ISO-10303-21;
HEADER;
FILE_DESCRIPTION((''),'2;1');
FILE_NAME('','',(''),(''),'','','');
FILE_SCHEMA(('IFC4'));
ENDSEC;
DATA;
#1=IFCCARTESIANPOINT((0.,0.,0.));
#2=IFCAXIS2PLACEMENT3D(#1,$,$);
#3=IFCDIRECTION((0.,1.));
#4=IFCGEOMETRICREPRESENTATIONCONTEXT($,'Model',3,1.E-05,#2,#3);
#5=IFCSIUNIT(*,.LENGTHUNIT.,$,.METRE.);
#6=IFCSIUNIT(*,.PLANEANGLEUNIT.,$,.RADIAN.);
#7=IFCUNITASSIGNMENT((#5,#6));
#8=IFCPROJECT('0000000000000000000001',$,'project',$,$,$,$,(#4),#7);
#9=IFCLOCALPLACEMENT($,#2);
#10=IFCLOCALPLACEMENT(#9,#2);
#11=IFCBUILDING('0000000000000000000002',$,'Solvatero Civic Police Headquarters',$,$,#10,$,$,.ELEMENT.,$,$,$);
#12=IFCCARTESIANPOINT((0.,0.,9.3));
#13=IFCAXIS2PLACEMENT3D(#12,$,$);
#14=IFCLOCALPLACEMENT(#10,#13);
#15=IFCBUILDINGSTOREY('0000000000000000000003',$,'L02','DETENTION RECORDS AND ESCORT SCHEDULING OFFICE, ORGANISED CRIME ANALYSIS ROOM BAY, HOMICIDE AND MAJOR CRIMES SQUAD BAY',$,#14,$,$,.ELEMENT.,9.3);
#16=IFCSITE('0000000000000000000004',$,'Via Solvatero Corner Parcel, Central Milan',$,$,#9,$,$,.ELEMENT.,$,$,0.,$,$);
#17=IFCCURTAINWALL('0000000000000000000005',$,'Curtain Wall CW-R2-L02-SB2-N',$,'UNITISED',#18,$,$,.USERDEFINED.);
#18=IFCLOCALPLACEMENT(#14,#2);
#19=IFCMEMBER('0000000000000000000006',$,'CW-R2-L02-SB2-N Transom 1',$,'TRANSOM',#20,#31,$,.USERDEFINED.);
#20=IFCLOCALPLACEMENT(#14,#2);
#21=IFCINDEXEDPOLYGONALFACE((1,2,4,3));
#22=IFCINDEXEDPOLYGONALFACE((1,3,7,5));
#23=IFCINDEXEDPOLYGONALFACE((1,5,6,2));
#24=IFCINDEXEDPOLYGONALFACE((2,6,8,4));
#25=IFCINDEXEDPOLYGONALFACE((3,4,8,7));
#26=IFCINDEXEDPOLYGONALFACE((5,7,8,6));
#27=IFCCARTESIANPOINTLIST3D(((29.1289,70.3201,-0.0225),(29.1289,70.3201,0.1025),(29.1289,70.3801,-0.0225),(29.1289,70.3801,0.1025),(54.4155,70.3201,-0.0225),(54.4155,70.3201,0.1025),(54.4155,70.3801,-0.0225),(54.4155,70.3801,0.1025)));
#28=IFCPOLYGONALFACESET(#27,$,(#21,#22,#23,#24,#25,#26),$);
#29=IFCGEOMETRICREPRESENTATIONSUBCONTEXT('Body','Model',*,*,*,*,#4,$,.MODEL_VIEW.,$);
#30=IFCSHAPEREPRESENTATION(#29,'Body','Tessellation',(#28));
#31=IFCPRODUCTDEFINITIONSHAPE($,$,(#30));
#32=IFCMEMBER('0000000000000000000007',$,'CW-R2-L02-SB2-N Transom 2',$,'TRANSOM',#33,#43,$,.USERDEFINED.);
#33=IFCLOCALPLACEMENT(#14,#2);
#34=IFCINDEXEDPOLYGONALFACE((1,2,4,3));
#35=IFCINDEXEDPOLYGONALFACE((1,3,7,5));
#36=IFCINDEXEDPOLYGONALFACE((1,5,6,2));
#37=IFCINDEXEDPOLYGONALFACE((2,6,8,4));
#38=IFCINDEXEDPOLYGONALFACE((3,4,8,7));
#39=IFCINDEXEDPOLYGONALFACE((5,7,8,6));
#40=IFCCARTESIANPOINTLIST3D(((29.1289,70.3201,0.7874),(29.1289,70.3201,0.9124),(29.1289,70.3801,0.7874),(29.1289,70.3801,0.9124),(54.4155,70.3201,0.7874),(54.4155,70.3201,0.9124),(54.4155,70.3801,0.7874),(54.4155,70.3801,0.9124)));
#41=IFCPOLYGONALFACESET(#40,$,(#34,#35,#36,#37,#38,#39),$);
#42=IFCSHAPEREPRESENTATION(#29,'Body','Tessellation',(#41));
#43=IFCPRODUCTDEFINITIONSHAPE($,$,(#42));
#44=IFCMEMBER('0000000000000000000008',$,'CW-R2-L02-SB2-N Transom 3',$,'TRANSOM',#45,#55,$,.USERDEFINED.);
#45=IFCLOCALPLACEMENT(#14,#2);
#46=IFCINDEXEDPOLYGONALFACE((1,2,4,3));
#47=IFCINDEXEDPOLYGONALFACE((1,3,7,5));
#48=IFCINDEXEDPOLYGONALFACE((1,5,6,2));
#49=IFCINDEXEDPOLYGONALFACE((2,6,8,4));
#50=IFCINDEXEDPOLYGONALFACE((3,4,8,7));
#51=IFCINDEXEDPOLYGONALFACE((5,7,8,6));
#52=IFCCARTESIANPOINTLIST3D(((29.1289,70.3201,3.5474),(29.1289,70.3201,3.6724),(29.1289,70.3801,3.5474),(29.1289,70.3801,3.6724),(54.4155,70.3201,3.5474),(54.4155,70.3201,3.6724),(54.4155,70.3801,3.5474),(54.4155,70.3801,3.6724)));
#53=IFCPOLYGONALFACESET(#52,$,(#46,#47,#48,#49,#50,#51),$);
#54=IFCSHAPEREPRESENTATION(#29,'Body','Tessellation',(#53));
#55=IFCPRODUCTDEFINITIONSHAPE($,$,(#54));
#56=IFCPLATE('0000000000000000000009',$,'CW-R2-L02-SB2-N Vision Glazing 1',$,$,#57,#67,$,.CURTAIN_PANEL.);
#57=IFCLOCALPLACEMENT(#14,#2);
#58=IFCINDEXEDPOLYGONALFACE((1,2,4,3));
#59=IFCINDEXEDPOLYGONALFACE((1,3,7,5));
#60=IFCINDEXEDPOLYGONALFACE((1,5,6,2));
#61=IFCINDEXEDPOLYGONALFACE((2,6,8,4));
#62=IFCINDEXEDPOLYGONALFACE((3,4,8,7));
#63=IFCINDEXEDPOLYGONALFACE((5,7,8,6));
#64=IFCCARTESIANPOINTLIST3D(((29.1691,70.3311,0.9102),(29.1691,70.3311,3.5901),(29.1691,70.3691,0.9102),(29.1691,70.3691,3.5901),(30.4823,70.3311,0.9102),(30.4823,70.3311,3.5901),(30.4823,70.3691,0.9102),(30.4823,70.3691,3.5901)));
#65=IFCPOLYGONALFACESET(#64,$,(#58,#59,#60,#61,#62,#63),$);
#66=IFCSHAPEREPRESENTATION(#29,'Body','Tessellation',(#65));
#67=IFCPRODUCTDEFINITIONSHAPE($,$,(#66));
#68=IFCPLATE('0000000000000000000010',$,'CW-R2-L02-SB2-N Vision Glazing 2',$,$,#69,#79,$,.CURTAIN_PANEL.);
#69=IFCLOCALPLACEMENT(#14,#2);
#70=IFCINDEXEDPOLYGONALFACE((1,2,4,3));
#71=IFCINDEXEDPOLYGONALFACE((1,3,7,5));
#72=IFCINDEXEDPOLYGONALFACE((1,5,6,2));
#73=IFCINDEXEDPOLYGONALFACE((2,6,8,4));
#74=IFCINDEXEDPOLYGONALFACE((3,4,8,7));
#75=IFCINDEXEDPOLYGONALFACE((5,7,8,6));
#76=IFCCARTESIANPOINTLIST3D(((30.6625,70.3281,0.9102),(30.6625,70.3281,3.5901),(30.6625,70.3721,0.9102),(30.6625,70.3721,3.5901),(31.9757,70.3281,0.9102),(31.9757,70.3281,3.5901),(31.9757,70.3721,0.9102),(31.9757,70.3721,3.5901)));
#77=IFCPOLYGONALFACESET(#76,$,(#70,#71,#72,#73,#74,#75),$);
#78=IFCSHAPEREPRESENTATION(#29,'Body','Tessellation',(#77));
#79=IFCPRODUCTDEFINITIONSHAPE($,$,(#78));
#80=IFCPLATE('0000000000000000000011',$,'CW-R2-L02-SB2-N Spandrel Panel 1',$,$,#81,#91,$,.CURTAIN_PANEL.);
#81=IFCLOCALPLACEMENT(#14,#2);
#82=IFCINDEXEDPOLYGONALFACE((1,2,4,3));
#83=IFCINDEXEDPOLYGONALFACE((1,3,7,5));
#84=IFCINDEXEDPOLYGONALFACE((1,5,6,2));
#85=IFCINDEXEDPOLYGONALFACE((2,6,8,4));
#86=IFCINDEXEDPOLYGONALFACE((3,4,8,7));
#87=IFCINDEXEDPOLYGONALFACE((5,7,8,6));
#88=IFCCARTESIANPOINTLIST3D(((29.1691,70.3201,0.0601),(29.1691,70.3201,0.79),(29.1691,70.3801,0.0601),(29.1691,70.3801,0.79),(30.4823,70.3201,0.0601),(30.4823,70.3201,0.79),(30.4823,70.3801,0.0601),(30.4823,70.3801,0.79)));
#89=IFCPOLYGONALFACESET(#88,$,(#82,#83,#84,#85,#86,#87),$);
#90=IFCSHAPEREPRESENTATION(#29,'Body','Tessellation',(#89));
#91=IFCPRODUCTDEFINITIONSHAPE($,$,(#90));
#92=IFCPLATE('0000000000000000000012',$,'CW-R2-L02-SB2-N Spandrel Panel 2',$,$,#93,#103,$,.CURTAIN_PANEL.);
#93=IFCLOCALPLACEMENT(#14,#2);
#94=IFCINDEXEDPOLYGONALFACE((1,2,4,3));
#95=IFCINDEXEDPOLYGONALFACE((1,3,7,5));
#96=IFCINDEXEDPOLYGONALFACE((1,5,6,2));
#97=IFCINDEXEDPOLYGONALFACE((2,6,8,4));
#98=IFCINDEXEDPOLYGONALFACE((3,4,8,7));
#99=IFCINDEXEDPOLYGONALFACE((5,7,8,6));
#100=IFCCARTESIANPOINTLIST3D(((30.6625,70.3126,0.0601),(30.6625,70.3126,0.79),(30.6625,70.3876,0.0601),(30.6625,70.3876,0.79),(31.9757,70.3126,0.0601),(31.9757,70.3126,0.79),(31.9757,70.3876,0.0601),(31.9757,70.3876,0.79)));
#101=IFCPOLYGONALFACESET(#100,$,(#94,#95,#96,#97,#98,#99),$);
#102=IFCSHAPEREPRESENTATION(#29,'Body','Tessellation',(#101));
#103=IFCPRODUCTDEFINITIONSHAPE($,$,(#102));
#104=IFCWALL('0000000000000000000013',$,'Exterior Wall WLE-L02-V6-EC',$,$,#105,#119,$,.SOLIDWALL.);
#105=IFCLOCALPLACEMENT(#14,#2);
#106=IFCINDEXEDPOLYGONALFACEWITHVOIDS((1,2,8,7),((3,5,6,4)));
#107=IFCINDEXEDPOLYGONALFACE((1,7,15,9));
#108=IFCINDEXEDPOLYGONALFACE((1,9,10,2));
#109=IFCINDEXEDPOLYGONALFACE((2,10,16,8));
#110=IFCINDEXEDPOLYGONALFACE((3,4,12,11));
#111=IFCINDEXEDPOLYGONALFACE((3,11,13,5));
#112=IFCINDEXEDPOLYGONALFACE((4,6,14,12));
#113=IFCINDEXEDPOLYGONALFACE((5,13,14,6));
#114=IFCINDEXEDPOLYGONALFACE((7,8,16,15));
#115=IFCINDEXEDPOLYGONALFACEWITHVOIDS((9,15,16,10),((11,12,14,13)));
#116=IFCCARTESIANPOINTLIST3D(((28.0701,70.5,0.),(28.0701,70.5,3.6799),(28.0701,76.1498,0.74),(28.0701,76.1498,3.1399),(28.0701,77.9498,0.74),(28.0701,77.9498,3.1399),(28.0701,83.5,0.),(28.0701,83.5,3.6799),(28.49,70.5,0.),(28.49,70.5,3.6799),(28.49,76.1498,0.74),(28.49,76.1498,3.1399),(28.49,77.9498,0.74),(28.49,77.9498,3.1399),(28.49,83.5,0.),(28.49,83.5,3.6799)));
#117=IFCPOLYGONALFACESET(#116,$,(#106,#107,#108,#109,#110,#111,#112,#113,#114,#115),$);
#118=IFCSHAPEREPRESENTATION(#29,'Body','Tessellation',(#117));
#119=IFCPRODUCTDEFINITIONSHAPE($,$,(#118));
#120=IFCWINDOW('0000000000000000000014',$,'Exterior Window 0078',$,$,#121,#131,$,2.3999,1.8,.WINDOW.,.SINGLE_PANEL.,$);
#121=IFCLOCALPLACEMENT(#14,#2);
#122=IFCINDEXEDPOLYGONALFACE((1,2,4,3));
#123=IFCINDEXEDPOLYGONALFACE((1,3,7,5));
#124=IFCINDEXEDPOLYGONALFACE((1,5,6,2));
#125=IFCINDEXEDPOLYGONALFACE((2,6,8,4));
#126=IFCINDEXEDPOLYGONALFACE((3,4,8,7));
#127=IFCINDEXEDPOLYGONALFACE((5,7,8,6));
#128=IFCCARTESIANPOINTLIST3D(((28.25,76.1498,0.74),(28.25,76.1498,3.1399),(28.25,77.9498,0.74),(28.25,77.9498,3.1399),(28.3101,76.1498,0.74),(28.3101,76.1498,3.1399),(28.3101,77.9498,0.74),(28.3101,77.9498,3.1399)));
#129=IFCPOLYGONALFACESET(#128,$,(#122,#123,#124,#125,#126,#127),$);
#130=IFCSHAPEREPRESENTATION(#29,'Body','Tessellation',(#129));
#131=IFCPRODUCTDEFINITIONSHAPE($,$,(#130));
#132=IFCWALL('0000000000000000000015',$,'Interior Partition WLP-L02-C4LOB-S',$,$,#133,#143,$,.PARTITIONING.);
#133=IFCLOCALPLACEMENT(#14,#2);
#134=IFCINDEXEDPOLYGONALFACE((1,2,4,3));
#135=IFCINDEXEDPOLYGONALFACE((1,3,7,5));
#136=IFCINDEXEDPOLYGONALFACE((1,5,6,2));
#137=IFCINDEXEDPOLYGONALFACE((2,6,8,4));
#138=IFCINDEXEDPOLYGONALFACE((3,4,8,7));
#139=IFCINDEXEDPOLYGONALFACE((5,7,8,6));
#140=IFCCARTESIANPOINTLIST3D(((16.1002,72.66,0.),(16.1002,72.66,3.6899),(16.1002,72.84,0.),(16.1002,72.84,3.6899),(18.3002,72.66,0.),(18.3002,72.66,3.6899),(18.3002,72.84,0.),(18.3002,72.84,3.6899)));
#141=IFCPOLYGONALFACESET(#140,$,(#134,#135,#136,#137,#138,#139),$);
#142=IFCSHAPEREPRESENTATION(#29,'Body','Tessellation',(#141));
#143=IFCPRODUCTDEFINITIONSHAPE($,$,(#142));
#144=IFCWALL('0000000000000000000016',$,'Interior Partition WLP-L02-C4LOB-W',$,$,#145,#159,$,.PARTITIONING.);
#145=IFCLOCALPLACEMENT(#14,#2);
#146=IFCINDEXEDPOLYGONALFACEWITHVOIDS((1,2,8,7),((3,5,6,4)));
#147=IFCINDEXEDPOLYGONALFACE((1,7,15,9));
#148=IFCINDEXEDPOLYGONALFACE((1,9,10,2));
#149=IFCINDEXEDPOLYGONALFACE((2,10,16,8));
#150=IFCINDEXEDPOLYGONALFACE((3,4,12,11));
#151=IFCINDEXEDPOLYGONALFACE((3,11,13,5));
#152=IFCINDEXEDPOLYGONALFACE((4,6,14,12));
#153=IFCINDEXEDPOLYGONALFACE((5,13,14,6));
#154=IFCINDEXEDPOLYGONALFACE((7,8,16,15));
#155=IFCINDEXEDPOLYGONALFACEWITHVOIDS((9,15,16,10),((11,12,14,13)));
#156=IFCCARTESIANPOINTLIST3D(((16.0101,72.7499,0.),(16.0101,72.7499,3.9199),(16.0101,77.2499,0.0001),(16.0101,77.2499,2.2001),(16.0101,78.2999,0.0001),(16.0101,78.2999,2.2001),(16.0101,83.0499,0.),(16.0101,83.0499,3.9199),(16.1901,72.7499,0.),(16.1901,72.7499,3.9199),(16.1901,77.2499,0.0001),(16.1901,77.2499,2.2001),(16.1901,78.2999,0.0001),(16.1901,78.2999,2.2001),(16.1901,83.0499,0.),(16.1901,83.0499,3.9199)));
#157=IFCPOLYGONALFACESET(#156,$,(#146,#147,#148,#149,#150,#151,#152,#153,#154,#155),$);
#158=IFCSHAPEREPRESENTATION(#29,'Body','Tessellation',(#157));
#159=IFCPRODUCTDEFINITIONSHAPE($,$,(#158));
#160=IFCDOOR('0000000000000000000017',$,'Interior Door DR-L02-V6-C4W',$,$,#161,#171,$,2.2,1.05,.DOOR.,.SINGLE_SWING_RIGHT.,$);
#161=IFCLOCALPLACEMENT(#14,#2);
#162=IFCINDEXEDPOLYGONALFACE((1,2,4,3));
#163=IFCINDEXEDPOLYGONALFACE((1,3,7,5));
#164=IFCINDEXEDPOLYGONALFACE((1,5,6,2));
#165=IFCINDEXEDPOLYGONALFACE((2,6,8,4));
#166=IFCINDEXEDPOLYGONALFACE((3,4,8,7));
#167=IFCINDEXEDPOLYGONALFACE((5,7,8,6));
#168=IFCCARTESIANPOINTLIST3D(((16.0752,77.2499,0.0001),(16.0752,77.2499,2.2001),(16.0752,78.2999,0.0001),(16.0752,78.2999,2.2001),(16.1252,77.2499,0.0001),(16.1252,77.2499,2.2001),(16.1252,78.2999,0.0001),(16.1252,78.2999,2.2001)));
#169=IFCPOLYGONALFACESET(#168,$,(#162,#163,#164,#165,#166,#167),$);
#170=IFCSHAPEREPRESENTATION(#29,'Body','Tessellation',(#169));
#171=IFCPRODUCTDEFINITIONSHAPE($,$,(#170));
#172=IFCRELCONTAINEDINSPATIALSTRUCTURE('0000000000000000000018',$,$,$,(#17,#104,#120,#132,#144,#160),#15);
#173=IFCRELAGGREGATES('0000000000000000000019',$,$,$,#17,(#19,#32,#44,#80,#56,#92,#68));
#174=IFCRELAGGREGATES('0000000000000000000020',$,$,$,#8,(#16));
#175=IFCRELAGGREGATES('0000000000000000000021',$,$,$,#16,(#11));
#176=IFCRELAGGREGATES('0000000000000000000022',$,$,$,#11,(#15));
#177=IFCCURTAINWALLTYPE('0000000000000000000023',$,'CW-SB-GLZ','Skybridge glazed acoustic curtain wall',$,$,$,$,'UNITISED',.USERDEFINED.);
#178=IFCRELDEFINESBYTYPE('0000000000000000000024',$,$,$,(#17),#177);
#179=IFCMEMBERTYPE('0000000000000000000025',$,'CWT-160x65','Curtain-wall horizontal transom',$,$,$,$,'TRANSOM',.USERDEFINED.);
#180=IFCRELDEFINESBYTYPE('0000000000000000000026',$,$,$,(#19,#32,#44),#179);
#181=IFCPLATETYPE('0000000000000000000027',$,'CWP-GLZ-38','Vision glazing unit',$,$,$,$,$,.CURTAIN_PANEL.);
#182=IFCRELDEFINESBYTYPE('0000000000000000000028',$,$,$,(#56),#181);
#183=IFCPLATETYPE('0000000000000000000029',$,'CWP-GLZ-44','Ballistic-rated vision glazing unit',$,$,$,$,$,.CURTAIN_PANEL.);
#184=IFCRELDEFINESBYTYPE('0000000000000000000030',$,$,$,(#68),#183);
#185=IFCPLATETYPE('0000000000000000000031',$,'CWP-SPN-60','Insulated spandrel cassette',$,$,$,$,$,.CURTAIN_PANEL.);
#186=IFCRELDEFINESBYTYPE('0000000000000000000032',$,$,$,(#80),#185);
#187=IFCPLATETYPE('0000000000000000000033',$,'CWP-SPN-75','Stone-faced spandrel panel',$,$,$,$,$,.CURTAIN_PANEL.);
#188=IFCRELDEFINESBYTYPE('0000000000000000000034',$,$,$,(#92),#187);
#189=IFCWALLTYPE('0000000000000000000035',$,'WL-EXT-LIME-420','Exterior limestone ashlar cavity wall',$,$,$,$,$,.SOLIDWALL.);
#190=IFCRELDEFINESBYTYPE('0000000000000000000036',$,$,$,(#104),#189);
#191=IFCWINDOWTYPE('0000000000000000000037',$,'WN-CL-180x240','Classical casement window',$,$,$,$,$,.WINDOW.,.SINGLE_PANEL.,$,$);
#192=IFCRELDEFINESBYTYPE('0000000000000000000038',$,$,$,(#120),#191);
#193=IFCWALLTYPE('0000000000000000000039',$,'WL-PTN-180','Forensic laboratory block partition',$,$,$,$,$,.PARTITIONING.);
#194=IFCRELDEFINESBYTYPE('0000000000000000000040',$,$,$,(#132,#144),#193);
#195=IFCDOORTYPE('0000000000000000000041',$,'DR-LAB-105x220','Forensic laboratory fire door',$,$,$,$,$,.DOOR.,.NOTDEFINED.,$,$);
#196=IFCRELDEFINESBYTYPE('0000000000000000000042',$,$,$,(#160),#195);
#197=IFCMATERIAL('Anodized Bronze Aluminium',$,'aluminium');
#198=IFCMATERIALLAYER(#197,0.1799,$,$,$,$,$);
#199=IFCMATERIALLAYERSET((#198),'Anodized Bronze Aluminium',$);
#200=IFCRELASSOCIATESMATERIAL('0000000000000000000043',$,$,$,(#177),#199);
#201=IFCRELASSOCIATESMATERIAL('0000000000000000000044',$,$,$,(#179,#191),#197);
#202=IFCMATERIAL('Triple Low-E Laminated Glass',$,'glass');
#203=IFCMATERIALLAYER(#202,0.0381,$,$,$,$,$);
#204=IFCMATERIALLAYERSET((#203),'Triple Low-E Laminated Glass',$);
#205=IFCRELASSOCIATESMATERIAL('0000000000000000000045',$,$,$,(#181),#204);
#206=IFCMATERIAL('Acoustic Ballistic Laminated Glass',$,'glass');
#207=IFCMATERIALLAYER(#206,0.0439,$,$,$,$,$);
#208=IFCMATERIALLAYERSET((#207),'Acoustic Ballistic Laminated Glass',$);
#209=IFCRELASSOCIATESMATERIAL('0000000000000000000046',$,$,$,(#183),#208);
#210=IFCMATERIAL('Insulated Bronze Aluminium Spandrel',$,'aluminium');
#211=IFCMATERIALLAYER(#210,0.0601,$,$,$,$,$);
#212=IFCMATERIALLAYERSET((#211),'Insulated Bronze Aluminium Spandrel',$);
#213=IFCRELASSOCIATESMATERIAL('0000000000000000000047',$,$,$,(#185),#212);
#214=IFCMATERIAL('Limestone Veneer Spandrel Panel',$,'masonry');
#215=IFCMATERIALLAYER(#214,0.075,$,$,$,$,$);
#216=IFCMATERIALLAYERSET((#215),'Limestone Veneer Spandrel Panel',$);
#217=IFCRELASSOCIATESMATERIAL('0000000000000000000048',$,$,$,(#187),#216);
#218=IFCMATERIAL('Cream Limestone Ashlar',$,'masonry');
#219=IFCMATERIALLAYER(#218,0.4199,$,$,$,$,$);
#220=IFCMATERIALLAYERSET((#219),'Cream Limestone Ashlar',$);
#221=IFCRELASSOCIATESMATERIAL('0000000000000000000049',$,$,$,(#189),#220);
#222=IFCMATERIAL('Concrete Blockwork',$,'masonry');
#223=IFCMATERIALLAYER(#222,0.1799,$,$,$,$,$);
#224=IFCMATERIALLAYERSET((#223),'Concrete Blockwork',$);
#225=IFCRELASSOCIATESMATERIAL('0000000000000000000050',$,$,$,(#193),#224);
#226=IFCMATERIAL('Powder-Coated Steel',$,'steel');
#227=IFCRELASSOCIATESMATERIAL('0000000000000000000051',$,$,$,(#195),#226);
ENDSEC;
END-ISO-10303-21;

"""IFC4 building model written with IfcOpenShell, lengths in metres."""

from ifc_helpers import new_model, si_unit, direction, frame, frame_2d, origin, origin_2d, place, context, subcontext, project, spatial, rectangle, extrude, material, layer, layer_set, material_profile, profile_set, type_object, element, fill, aggregate, save


model = new_model("IFC4")

# Units and contexts
model_context = context("Model", 3, precision=1e-05, world=origin(), true_north=direction((0.0, 1.0)))
body_context = subcontext(model_context, "Body", "Model", "MODEL_VIEW")
ifc_project = project(units=[si_unit("LENGTHUNIT", "METRE"), si_unit("PLANEANGLEUNIT", "RADIAN")], contexts=[model_context])

# Site, building, storey
site_placement = place(None, origin())
site = spatial("IfcSite", under=ifc_project, at=site_placement, Name="Via Solvatero Corner Parcel, Central Milan", CompositionType="ELEMENT", RefElevation=0.0)
building_placement = place(site_placement, origin())
building = spatial("IfcBuilding", under=site, at=building_placement, Name="Solvatero Civic Police Headquarters", CompositionType="ELEMENT")
storey_placement = place(building_placement, frame((0.0, 0.0, 9.3)))
storey = spatial("IfcBuildingStorey", under=building, at=storey_placement, Name="L02", Description="DETENTION RECORDS AND ESCORT SCHEDULING OFFICE, ORGANISED CRIME ANALYSIS ROOM BAY, HOMICIDE AND MAJOR CRIMES SQUAD BAY", CompositionType="ELEMENT", Elevation=9.3)

# Curtain wall, members, plates
ifc_material_1 = material(Name="Anodized Bronze Aluminium", Category="aluminium")
ifc_layer_1 = layer(ifc_material_1, 0.1799)
ifc_layer_set_1 = layer_set([ifc_layer_1], Name="Anodized Bronze Aluminium")
curtain_wall_type = type_object("IfcCurtainWallType", Name="CW-SB-GLZ", Description="Skybridge glazed acoustic curtain wall", ElementType="UNITISED", PredefinedType="USERDEFINED", material=ifc_layer_set_1)
curtain_wall_placement = place(storey_placement, origin())
curtain_wall = element("IfcCurtainWall", 1, at=curtain_wall_placement, inside=storey, type_object=curtain_wall_type, Name="Curtain Wall CW-R2-L02-SB2-N", ObjectType="UNITISED", PredefinedType="USERDEFINED")
ifc_material_profile_1 = material_profile(ifc_material_1, rectangle(XDim=0.0601, YDim=0.125, at=origin_2d()), Name="ALU TRANSOM 60x125")
ifc_profile_set_1 = profile_set([ifc_material_profile_1], Name="Anodized Bronze Aluminium")
member_type_1 = type_object("IfcMemberType", Name="CWT-160x65", Description="Curtain-wall horizontal transom", ElementType="TRANSOM", PredefinedType="USERDEFINED", material=ifc_profile_set_1)
member_1_placement = place(storey_placement, frame((29.1289, 70.3501, 0.04), z_axis=(1.0, 0.0, 0.0), x_axis=(0.0, 1.0, 0.0)))
member_1 = element("IfcMember", 2, at=member_1_placement, type_object=member_type_1, Name="CW-R2-L02-SB2-N Transom 1", ObjectType="TRANSOM", PredefinedType="USERDEFINED", context=body_context, shape_type="SweptSolid", body=[
    extrude(rectangle(XDim=0.0601, YDim=0.125, at=origin_2d()), origin(), (0.0, 0.0, 1.0), 25.2866),
])
member_2_placement = place(storey_placement, frame((29.1289, 70.3501, 0.8499), z_axis=(1.0, 0.0, 0.0), x_axis=(0.0, 1.0, 0.0)))
member_2 = element("IfcMember", 3, at=member_2_placement, type_object=member_type_1, Name="CW-R2-L02-SB2-N Transom 2", ObjectType="TRANSOM", PredefinedType="USERDEFINED", context=body_context, shape_type="SweptSolid", body=[
    extrude(rectangle(XDim=0.0601, YDim=0.125, at=origin_2d()), origin(), (0.0, 0.0, 1.0), 25.2866),
])
member_3_placement = place(storey_placement, frame((29.1289, 70.3501, 3.6099), z_axis=(1.0, 0.0, 0.0), x_axis=(0.0, 1.0, 0.0)))
member_3 = element("IfcMember", 4, at=member_3_placement, type_object=member_type_1, Name="CW-R2-L02-SB2-N Transom 3", ObjectType="TRANSOM", PredefinedType="USERDEFINED", context=body_context, shape_type="SweptSolid", body=[
    extrude(rectangle(XDim=0.0601, YDim=0.125, at=origin_2d()), origin(), (0.0, 0.0, 1.0), 25.2866),
])
ifc_material_2 = material(Name="Triple Low-E Laminated Glass", Category="glass")
ifc_layer_2 = layer(ifc_material_2, 0.0381)
ifc_layer_set_2 = layer_set([ifc_layer_2], Name="Triple Low-E Laminated Glass")
plate_type_1 = type_object("IfcPlateType", Name="CWP-GLZ-38", Description="Vision glazing unit", PredefinedType="CURTAIN_PANEL", material=ifc_layer_set_2)
plate_1_placement = place(storey_placement, frame((29.8257, 70.3501, 0.9102), z_axis=(0.0, 0.0, 1.0), x_axis=(1.0, 0.0, 0.0)))
plate_1 = element("IfcPlate", 5, at=plate_1_placement, type_object=plate_type_1, Name="CW-R2-L02-SB2-N Vision Glazing 1", PredefinedType="CURTAIN_PANEL", context=body_context, shape_type="SweptSolid", body=[
    extrude(rectangle(XDim=1.3132, YDim=0.0381, at=origin_2d()), origin(), (0.0, 0.0, 1.0), 2.6799),
])
ifc_material_3 = material(Name="Acoustic Ballistic Laminated Glass", Category="glass")
ifc_layer_3 = layer(ifc_material_3, 0.0439)
ifc_layer_set_3 = layer_set([ifc_layer_3], Name="Acoustic Ballistic Laminated Glass")
plate_type_2 = type_object("IfcPlateType", Name="CWP-GLZ-44", Description="Ballistic-rated vision glazing unit", PredefinedType="CURTAIN_PANEL", material=ifc_layer_set_3)
plate_2_placement = place(storey_placement, frame((31.3191, 70.3501, 0.9102), z_axis=(0.0, 0.0, 1.0), x_axis=(1.0, 0.0, 0.0)))
plate_2 = element("IfcPlate", 6, at=plate_2_placement, type_object=plate_type_2, Name="CW-R2-L02-SB2-N Vision Glazing 2", PredefinedType="CURTAIN_PANEL", context=body_context, shape_type="SweptSolid", body=[
    extrude(rectangle(XDim=1.3132, YDim=0.0439, at=origin_2d()), origin(), (0.0, 0.0, 1.0), 2.6799),
])
ifc_material_4 = material(Name="Insulated Bronze Aluminium Spandrel", Category="aluminium")
ifc_layer_4 = layer(ifc_material_4, 0.0601)
ifc_layer_set_4 = layer_set([ifc_layer_4], Name="Insulated Bronze Aluminium Spandrel")
plate_type_3 = type_object("IfcPlateType", Name="CWP-SPN-60", Description="Insulated spandrel cassette", PredefinedType="CURTAIN_PANEL", material=ifc_layer_set_4)
plate_3_placement = place(storey_placement, frame((29.8257, 70.3501, 0.0601), z_axis=(0.0, 0.0, 1.0), x_axis=(1.0, 0.0, 0.0)))
plate_3 = element("IfcPlate", 7, at=plate_3_placement, type_object=plate_type_3, Name="CW-R2-L02-SB2-N Spandrel Panel 1", PredefinedType="CURTAIN_PANEL", context=body_context, shape_type="SweptSolid", body=[
    extrude(rectangle(XDim=1.3132, YDim=0.0601, at=origin_2d()), origin(), (0.0, 0.0, 1.0), 0.73),
])
ifc_material_5 = material(Name="Limestone Veneer Spandrel Panel", Category="masonry")
ifc_layer_5 = layer(ifc_material_5, 0.075)
ifc_layer_set_5 = layer_set([ifc_layer_5], Name="Limestone Veneer Spandrel Panel")
plate_type_4 = type_object("IfcPlateType", Name="CWP-SPN-75", Description="Stone-faced spandrel panel", PredefinedType="CURTAIN_PANEL", material=ifc_layer_set_5)
plate_4_placement = place(storey_placement, frame((31.3191, 70.3501, 0.0601), z_axis=(0.0, 0.0, 1.0), x_axis=(1.0, 0.0, 0.0)))
plate_4 = element("IfcPlate", 8, at=plate_4_placement, type_object=plate_type_4, Name="CW-R2-L02-SB2-N Spandrel Panel 2", PredefinedType="CURTAIN_PANEL", context=body_context, shape_type="SweptSolid", body=[
    extrude(rectangle(XDim=1.3132, YDim=0.075, at=origin_2d()), origin(), (0.0, 0.0, 1.0), 0.73),
])
aggregate(curtain_wall, [member_1, member_2, member_3, plate_3, plate_1, plate_4, plate_2])

# Wall, opening, window
ifc_material_6 = material(Name="Cream Limestone Ashlar", Category="masonry")
ifc_layer_6 = layer(ifc_material_6, 0.4199)
ifc_layer_set_6 = layer_set([ifc_layer_6], Name="Cream Limestone Ashlar")
wall_type_1 = type_object("IfcWallType", Name="WL-EXT-LIME-420", Description="Exterior limestone ashlar cavity wall", PredefinedType="SOLIDWALL", material=ifc_layer_set_6)
wall_1_placement = place(storey_placement, frame((28.28, 70.5, 0.0), z_axis=(0.0, 0.0, 1.0), x_axis=(0.0, 1.0, 0.0)))
wall_1 = element("IfcWall", 9, at=wall_1_placement, inside=storey, type_object=wall_type_1, Name="Exterior Wall WLE-L02-V6-EC", PredefinedType="SOLIDWALL", context=body_context, shape_type="SweptSolid", body=[
    extrude(rectangle(XDim=13.0, YDim=0.4199, at=frame_2d((6.5, 0.0))), origin(), (0.0, 0.0, 1.0), 3.6799),
])
opening_1_placement = place(wall_1_placement, frame((5.6499, 0.0, 0.74)))
opening_1 = element("IfcOpeningElement", 10, at=opening_1_placement, cuts=wall_1, PredefinedType="OPENING", context=body_context, shape_type="SweptSolid", body=[
    extrude(rectangle(XDim=1.8, YDim=2.3999, at=frame_2d((0.8999, 1.2))), frame((0.0, 0.22, 0.0), z_axis=(0.0, -1.0, 0.0), x_axis=(1.0, 0.0, 0.0)), (0.0, 0.0, 1.0), 0.4399),
])
window_type = type_object("IfcWindowType", Name="WN-CL-180x240", Description="Classical casement window", PartitioningType="SINGLE_PANEL", PredefinedType="WINDOW", material=ifc_material_1)
window_placement = place(opening_1_placement, origin())
window = element("IfcWindow", 11, at=window_placement, inside=storey, type_object=window_type, Name="Exterior Window 0078", OverallHeight=2.3999, OverallWidth=1.8, PartitioningType="SINGLE_PANEL", PredefinedType="WINDOW", context=body_context, shape_type="SweptSolid", body=[
    extrude(rectangle(XDim=1.8, YDim=2.3999, at=frame_2d((0.8999, 1.2))), frame((0.0, 0.03, 0.0), z_axis=(0.0, -1.0, 0.0), x_axis=(1.0, 0.0, 0.0)), (0.0, 0.0, 1.0), 0.0601),
])
fill(opening_1, window)

# Wall
ifc_material_7 = material(Name="Concrete Blockwork", Category="masonry")
ifc_layer_7 = layer(ifc_material_7, 0.1799)
ifc_layer_set_7 = layer_set([ifc_layer_7], Name="Concrete Blockwork")
wall_type_2 = type_object("IfcWallType", Name="WL-PTN-180", Description="Forensic laboratory block partition", PredefinedType="PARTITIONING", material=ifc_layer_set_7)
wall_2_placement = place(storey_placement, frame((16.1001, 72.75, 0.0), z_axis=(0.0, 0.0, 1.0), x_axis=(1.0, 0.0, 0.0)))
element("IfcWall", 12, at=wall_2_placement, inside=storey, type_object=wall_type_2, Name="Interior Partition WLP-L02-C4LOB-S", PredefinedType="PARTITIONING", context=body_context, shape_type="SweptSolid", body=[
    extrude(rectangle(XDim=2.2, YDim=0.1799, at=frame_2d((1.1001, 0.0))), origin(), (0.0, 0.0, 1.0), 3.6899),
])

# Wall, opening, door
wall_3_placement = place(storey_placement, frame((16.1001, 72.75, 0.0), z_axis=(0.0, 0.0, 1.0), x_axis=(0.0, 1.0, 0.0)))
wall_3 = element("IfcWall", 13, at=wall_3_placement, inside=storey, type_object=wall_type_2, Name="Interior Partition WLP-L02-C4LOB-W", PredefinedType="PARTITIONING", context=body_context, shape_type="SweptSolid", body=[
    extrude(rectangle(XDim=10.3, YDim=0.1799, at=frame_2d((5.1499, 0.0))), origin(), (0.0, 0.0, 1.0), 3.9199),
])
opening_2_placement = place(wall_3_placement, frame((4.5, 0.0, 0.0)))
opening_2 = element("IfcOpeningElement", 14, at=opening_2_placement, cuts=wall_3, PredefinedType="OPENING", context=body_context, shape_type="SweptSolid", body=[
    extrude(rectangle(XDim=1.05, YDim=2.2, at=frame_2d((0.5249, 1.1001))), frame((0.0, 0.0999, 0.0), z_axis=(0.0, -1.0, 0.0), x_axis=(1.0, 0.0, 0.0)), (0.0, 0.0, 1.0), 0.2),
])
ifc_material_8 = material(Name="Powder-Coated Steel", Category="steel")
door_type = type_object("IfcDoorType", Name="DR-LAB-105x220", Description="Forensic laboratory fire door", OperationType="NOTDEFINED", PredefinedType="DOOR", material=ifc_material_8)
door_placement = place(opening_2_placement, origin())
door = element("IfcDoor", 15, at=door_placement, inside=storey, type_object=door_type, Name="Interior Door DR-L02-V6-C4W", OperationType="SINGLE_SWING_RIGHT", OverallHeight=2.2, OverallWidth=1.05, PredefinedType="DOOR", context=body_context, shape_type="SweptSolid", body=[
    extrude(rectangle(XDim=1.05, YDim=2.2, at=frame_2d((0.5249, 1.1001))), frame((0.0, 0.0249, 0.0), z_axis=(0.0, -1.0, 0.0), x_axis=(1.0, 0.0, 0.0)), (0.0, 0.0, 1.0), 0.05),
])
fill(opening_2, door)

save(model, "model.ifc")
